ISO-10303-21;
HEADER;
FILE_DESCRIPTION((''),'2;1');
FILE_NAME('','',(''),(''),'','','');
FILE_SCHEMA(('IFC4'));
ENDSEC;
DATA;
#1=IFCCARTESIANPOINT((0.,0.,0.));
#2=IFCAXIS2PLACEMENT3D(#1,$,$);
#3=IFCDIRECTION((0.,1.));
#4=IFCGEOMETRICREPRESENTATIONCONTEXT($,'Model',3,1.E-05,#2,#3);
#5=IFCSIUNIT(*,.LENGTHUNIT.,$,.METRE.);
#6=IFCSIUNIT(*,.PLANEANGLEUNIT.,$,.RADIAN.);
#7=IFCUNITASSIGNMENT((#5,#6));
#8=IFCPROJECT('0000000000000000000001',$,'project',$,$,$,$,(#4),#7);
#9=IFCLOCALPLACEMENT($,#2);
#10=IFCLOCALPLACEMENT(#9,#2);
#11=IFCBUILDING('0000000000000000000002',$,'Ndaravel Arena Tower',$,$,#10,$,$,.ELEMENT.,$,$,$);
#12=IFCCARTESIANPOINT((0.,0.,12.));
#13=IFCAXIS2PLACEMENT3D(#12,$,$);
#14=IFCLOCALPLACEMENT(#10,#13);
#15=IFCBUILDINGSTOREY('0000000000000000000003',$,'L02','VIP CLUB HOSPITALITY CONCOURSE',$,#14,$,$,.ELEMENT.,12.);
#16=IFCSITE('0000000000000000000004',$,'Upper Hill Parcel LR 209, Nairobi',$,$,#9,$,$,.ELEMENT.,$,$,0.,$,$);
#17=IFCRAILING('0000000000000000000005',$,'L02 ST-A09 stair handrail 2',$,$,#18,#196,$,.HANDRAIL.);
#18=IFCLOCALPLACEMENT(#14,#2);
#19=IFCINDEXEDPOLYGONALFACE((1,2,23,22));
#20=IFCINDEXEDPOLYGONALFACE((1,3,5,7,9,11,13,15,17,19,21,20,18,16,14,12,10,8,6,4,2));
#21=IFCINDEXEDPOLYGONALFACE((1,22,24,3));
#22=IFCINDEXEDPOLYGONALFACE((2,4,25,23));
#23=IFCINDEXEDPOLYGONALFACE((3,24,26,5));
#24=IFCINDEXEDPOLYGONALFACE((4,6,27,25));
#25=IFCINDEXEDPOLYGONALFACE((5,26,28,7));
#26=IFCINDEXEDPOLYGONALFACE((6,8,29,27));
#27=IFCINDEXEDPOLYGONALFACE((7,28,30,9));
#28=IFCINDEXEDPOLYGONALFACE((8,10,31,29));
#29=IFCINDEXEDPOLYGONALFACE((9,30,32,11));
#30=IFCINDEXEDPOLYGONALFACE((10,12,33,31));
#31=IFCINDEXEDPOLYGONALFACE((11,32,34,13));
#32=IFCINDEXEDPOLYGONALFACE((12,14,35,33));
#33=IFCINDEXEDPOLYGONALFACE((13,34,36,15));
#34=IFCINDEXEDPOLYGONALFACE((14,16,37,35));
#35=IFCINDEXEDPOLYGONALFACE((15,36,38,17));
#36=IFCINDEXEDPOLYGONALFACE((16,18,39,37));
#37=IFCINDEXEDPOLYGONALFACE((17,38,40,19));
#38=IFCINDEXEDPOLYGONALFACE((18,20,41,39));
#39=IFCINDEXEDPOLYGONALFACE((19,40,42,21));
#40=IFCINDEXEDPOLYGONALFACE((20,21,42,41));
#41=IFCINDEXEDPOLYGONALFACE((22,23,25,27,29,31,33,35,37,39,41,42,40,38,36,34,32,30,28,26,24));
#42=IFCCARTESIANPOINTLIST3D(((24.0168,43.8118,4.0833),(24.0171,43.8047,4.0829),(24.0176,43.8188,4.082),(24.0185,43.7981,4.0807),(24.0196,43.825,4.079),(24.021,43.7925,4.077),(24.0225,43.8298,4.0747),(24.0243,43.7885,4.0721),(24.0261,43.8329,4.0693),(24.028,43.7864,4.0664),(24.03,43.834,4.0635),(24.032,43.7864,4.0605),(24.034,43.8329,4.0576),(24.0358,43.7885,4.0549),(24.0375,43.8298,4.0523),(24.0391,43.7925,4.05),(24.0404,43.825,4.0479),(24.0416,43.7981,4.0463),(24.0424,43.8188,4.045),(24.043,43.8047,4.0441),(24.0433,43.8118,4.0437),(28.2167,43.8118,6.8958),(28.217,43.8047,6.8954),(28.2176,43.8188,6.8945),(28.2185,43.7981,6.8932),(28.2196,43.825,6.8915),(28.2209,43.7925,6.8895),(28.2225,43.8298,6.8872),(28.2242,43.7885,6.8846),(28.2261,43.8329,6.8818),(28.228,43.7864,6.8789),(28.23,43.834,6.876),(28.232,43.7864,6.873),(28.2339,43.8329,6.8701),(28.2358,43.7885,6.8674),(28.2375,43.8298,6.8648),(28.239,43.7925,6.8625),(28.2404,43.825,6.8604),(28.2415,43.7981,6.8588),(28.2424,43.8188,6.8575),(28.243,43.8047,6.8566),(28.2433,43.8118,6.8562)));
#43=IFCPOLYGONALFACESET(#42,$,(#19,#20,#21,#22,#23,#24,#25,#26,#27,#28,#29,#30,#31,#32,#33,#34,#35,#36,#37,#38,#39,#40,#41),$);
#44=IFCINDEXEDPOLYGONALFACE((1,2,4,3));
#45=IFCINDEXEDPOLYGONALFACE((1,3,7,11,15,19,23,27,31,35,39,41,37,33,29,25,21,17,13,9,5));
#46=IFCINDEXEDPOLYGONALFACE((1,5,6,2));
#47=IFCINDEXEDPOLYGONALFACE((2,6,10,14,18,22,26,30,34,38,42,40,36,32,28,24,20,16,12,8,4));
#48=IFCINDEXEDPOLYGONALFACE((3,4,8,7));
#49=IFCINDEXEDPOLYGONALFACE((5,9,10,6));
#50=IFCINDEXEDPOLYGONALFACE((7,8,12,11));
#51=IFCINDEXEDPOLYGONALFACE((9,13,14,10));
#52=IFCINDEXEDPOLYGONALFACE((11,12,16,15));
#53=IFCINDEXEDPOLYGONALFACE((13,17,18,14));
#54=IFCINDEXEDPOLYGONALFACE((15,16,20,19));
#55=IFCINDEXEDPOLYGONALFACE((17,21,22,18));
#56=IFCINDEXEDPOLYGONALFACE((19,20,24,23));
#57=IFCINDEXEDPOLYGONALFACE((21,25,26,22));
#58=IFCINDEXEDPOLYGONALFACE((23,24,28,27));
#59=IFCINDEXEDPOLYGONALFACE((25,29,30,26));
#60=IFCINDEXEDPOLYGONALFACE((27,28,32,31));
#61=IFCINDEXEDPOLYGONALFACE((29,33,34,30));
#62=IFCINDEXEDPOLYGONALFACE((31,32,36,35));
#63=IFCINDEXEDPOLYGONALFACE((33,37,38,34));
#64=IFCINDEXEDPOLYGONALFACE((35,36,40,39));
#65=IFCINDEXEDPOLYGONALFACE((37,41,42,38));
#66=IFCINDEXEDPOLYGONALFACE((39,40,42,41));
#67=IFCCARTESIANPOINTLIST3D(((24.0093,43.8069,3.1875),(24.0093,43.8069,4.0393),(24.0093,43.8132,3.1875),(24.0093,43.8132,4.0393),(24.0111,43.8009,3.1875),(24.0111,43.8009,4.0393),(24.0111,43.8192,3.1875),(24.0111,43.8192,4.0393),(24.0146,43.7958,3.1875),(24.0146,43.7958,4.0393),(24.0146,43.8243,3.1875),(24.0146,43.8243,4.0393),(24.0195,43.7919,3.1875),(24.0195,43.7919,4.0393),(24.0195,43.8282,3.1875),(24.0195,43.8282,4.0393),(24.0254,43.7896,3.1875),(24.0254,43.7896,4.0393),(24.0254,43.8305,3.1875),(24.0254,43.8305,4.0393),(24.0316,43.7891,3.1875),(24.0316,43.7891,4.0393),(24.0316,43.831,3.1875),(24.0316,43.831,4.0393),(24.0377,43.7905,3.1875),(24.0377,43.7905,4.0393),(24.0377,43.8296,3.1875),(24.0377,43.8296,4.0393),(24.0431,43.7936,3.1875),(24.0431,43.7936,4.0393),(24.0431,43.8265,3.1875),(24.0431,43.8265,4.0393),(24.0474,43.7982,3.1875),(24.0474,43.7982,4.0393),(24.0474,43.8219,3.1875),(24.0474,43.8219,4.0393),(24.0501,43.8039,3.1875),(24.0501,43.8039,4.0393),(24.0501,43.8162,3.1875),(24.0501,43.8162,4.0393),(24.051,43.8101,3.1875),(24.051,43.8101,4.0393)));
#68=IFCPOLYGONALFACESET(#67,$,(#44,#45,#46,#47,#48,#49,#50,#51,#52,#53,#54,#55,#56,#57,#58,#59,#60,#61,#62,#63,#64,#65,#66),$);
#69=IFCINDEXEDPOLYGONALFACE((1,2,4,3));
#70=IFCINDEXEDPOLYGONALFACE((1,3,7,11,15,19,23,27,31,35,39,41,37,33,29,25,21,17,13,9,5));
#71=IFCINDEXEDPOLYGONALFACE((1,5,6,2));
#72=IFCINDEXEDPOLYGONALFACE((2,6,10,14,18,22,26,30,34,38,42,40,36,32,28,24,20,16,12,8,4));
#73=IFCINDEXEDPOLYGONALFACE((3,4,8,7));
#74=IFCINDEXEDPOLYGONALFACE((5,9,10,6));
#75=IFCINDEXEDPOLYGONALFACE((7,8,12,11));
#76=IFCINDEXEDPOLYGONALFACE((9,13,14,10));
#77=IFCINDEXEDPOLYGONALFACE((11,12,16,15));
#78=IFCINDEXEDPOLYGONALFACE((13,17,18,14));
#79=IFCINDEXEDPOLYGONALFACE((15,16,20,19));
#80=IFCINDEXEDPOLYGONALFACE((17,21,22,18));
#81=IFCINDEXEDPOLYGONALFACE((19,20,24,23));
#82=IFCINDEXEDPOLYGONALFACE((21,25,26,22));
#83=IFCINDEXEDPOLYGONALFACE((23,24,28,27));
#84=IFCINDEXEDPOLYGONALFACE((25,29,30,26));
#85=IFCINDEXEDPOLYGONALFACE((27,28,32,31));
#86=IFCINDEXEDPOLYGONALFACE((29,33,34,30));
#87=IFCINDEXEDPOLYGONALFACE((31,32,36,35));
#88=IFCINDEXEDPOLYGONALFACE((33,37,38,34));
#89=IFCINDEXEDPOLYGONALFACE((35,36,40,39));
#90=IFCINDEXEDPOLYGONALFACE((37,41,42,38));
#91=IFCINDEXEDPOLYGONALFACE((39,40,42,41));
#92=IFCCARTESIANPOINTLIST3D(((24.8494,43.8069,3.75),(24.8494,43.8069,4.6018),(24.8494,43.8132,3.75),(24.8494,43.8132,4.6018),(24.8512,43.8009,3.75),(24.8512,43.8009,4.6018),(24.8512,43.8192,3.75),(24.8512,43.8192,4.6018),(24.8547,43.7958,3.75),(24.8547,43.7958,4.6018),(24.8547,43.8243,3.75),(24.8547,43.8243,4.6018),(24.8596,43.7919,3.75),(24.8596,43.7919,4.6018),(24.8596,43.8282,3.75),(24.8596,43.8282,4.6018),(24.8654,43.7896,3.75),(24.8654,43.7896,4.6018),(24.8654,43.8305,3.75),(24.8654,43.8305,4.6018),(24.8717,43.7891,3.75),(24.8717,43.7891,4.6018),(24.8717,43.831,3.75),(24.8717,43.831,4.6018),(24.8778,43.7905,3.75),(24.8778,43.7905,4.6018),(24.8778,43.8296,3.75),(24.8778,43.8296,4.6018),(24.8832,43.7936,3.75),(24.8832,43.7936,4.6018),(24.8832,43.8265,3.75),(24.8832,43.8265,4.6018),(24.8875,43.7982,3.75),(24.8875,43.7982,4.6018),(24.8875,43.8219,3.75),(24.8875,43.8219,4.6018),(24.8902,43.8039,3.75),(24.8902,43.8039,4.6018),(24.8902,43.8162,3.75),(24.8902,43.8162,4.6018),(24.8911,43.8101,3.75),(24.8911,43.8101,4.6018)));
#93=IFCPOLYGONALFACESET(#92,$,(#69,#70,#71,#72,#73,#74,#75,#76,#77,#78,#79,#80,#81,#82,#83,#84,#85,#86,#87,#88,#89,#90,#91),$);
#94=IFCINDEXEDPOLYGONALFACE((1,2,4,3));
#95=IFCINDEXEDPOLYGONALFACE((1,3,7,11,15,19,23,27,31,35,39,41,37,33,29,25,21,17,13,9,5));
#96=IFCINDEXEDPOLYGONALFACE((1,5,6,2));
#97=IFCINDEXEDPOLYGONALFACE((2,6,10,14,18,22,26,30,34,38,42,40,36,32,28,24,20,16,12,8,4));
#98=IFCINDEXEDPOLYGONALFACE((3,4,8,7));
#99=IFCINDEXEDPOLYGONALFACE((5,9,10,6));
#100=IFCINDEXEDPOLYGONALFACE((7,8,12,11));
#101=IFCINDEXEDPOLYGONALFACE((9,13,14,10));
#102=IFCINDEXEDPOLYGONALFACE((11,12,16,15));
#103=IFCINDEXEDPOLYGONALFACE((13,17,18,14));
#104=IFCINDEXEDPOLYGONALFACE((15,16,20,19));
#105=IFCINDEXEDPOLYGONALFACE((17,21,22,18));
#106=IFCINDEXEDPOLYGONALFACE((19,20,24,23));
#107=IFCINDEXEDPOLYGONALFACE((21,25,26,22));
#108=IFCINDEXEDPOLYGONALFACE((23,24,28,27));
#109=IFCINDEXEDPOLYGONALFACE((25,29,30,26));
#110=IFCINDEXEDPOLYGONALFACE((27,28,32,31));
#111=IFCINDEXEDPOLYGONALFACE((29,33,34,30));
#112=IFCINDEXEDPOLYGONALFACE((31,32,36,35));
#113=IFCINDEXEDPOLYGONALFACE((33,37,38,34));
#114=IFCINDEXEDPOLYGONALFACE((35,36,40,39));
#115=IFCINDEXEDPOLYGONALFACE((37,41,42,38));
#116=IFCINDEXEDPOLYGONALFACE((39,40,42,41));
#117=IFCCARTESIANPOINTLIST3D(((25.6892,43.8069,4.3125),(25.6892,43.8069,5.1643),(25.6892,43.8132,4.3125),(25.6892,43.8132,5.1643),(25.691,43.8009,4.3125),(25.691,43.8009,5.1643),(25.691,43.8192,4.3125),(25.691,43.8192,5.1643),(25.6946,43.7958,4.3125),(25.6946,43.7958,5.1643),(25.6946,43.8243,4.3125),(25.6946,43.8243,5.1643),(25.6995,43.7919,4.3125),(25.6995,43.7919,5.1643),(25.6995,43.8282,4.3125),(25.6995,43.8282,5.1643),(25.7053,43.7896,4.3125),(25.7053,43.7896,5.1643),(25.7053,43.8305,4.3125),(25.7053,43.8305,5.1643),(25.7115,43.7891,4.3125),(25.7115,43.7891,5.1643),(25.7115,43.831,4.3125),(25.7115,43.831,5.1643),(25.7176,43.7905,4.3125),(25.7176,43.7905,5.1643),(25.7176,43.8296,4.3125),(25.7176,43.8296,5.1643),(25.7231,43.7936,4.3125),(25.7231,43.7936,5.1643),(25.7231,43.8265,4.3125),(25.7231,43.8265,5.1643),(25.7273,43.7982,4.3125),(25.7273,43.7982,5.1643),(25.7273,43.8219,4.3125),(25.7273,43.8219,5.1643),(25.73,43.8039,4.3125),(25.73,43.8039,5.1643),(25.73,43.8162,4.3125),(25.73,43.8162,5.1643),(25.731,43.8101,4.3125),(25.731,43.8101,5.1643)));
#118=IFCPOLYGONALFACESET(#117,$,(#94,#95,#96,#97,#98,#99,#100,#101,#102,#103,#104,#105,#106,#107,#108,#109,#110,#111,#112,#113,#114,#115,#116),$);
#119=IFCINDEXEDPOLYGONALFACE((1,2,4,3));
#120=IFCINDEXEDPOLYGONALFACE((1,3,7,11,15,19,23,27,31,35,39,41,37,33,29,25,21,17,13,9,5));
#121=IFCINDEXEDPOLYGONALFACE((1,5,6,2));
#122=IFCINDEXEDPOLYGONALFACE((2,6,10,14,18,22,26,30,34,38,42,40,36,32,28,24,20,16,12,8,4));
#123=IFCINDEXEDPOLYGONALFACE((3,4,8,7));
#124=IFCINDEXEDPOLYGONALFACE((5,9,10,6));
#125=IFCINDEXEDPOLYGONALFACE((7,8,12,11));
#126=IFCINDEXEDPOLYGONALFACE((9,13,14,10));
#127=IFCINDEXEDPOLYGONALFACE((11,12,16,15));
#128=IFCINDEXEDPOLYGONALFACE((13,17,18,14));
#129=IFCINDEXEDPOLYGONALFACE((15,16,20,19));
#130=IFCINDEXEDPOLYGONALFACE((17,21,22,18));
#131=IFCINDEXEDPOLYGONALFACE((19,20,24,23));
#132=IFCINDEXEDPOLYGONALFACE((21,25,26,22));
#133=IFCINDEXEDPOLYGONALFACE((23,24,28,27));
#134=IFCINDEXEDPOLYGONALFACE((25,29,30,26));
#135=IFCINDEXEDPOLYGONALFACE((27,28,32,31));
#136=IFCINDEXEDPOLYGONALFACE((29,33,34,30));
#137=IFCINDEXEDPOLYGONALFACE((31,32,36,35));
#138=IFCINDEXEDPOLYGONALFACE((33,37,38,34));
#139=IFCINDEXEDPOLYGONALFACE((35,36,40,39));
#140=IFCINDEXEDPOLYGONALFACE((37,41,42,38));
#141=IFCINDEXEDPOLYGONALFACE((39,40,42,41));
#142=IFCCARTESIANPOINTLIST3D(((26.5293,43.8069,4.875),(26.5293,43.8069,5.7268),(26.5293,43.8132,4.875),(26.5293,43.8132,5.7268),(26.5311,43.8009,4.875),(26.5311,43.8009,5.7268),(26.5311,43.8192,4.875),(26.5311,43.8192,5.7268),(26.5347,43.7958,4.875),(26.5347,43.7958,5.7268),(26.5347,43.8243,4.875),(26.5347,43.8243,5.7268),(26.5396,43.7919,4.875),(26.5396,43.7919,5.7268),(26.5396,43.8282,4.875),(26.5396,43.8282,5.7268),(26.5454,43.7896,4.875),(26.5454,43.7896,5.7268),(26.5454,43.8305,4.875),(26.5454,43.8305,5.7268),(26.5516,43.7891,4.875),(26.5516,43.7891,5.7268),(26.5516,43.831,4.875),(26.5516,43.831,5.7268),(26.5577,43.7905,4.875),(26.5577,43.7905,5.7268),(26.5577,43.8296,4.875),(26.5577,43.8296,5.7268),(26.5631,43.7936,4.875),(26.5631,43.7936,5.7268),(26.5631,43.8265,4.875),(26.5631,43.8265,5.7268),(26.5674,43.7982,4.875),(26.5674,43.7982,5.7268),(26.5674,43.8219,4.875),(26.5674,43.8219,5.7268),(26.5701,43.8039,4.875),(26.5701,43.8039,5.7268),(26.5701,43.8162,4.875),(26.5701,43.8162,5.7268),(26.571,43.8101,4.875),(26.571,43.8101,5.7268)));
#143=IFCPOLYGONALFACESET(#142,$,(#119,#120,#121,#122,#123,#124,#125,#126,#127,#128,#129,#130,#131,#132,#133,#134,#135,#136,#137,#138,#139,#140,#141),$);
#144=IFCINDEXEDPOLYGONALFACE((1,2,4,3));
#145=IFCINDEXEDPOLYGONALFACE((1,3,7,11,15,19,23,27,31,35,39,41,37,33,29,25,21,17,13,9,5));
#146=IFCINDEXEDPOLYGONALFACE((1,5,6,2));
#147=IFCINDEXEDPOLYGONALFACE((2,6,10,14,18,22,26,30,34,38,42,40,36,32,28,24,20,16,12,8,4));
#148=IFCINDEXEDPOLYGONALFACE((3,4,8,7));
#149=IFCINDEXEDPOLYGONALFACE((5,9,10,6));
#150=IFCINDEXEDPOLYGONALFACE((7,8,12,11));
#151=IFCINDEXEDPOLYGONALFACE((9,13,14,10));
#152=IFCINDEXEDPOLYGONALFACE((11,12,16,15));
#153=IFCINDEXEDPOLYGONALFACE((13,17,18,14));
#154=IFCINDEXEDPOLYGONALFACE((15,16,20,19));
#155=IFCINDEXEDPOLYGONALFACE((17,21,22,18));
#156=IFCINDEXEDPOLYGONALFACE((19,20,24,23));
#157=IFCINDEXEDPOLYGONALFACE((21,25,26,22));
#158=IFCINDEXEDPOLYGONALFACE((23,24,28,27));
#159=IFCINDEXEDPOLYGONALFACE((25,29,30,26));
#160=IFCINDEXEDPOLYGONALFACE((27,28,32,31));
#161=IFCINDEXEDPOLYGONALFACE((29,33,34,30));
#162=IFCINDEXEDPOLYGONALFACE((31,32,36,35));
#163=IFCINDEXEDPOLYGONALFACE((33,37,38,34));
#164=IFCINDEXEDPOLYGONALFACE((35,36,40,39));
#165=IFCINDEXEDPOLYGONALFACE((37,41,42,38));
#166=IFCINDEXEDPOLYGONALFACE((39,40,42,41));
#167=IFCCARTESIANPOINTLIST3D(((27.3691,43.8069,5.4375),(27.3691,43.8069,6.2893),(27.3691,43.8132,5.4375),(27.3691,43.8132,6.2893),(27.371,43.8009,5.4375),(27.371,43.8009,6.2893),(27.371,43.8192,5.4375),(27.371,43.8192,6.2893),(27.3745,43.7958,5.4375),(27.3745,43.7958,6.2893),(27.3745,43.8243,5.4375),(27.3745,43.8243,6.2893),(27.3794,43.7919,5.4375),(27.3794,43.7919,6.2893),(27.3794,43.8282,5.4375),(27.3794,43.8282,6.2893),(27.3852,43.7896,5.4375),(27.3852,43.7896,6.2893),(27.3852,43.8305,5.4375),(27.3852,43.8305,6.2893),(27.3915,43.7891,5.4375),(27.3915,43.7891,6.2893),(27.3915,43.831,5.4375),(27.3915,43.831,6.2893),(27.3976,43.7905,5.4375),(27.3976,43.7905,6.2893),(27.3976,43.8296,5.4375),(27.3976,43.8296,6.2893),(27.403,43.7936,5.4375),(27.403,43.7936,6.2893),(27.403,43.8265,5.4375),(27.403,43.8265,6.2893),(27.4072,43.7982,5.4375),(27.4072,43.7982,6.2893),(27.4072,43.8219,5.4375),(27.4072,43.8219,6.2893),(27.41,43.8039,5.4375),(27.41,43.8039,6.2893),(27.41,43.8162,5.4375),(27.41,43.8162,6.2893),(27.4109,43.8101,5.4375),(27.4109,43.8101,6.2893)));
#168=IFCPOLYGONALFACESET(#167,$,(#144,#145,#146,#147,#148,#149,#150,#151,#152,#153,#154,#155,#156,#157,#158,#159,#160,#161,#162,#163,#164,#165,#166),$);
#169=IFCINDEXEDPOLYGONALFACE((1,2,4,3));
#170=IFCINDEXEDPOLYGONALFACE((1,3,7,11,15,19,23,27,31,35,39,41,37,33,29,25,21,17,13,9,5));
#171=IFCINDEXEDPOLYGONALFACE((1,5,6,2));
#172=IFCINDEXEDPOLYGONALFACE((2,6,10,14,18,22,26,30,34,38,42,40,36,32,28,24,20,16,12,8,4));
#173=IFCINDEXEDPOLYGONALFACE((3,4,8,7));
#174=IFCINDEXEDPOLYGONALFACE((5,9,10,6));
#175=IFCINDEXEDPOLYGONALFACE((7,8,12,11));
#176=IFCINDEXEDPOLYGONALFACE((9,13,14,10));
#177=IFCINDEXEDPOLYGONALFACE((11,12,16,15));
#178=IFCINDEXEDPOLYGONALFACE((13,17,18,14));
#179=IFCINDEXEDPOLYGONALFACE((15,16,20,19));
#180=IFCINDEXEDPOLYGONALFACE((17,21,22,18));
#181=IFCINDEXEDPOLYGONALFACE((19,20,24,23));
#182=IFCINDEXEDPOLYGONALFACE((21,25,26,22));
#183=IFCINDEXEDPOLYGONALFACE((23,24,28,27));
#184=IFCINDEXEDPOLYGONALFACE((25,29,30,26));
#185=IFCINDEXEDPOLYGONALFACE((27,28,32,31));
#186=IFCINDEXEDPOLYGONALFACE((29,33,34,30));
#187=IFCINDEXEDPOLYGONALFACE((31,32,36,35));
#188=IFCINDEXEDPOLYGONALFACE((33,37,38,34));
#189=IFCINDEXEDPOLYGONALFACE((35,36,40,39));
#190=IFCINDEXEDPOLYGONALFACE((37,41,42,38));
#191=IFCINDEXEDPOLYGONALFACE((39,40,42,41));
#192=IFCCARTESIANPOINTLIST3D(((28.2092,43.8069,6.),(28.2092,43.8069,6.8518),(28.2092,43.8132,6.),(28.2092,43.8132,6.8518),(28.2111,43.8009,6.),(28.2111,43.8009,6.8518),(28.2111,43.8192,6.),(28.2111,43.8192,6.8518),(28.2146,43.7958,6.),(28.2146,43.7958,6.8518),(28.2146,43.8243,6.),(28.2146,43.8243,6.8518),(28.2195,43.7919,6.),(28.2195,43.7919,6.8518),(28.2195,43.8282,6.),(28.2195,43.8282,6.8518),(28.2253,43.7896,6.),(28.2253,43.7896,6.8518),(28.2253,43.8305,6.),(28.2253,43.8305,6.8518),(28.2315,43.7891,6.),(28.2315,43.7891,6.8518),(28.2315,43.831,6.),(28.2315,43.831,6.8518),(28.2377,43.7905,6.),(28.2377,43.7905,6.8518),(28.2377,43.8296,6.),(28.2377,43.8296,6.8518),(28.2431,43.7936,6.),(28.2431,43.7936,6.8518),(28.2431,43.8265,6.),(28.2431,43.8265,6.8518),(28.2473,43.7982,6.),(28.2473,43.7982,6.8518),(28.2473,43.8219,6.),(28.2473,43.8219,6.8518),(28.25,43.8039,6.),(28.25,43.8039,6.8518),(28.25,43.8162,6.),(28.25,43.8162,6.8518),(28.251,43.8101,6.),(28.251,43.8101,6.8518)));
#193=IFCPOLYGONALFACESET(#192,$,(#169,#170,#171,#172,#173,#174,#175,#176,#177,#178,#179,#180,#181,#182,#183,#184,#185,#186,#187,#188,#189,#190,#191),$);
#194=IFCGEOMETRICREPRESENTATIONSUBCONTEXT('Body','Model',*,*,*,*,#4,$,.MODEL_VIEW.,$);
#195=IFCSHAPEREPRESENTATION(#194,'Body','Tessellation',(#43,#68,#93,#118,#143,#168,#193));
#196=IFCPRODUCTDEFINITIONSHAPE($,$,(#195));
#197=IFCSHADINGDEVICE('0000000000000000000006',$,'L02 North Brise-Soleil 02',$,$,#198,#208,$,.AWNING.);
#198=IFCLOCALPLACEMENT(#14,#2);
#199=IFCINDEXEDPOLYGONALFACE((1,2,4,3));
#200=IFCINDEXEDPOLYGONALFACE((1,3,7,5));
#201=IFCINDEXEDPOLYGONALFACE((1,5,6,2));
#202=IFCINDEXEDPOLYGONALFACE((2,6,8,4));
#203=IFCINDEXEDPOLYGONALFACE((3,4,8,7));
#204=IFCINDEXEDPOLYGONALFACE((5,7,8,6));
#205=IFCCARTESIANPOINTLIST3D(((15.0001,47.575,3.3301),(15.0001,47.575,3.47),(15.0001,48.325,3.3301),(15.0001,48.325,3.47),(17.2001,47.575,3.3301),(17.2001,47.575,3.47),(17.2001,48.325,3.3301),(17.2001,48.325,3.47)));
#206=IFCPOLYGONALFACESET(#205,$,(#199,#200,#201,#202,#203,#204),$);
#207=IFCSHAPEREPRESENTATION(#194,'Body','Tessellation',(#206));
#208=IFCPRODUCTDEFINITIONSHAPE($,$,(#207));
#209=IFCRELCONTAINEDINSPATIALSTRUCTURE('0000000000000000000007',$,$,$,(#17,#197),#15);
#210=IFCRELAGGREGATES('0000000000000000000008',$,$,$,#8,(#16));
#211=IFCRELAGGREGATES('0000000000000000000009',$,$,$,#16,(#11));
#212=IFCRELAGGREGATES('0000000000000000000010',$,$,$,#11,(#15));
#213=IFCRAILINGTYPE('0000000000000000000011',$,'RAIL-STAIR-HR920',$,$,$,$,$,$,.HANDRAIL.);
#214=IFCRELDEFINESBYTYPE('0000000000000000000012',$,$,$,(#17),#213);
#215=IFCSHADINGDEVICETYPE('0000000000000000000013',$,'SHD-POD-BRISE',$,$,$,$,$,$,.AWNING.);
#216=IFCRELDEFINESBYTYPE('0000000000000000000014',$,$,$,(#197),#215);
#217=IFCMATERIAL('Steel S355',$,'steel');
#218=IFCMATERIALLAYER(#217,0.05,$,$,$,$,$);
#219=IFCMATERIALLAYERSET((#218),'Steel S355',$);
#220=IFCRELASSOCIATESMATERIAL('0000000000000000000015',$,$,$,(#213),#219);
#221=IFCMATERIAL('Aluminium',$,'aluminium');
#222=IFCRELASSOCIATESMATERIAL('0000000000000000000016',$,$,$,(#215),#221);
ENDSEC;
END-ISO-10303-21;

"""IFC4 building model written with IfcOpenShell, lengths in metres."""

from ifc_helpers import new_model, si_unit, direction, frame, origin, origin_2d, place, context, subcontext, project, spatial, rectangle, circle, extrude, material, layer, layer_set, type_object, element, save


model = new_model("IFC4")

# Units and contexts
model_context = context("Model", 3, precision=1e-05, world=origin(), true_north=direction((0.0, 1.0)))
body_context = subcontext(model_context, "Body", "Model", "MODEL_VIEW")
ifc_project = project(units=[si_unit("LENGTHUNIT", "METRE"), si_unit("PLANEANGLEUNIT", "RADIAN")], contexts=[model_context])

# Site, building, storey
site_placement = place(None, origin())
site = spatial("IfcSite", under=ifc_project, at=site_placement, Name="Upper Hill Parcel LR 209, Nairobi", CompositionType="ELEMENT", RefElevation=0.0)
building_placement = place(site_placement, origin())
building = spatial("IfcBuilding", under=site, at=building_placement, Name="Ndaravel Arena Tower", CompositionType="ELEMENT")
storey_placement = place(building_placement, frame((0.0, 0.0, 12.0)))
storey = spatial("IfcBuildingStorey", under=building, at=storey_placement, Name="L02", Description="VIP CLUB HOSPITALITY CONCOURSE", CompositionType="ELEMENT", Elevation=12.0)

# Railing
ifc_material_1 = material(Name="Steel S355", Category="steel")
ifc_layer_1 = layer(ifc_material_1, 0.05)
ifc_layer_set_1 = layer_set([ifc_layer_1], Name="Steel S355")
railing_type_1 = type_object("IfcRailingType", Name="RAIL-STAIR-HR920", PredefinedType="HANDRAIL", material=ifc_layer_set_1)
railing_1_placement = place(storey_placement, frame((24.03, 43.8101, 3.1875)))
element("IfcRailing", 1, at=railing_1_placement, inside=storey, type_object=railing_type_1, Name="L02 ST-A09 stair handrail 2", PredefinedType="HANDRAIL", context=body_context, shape_type="SweptSolid", body=[
    extrude(circle(Radius=0.0239, at=origin_2d()), frame((0.0, 0.0, 0.876), z_axis=(0.830904, 0.0, 0.556416), x_axis=(0.0, 1.0, 0.0)), (0.0, 0.0, 1.0), 5.0547),
    extrude(circle(Radius=0.021, at=origin_2d()), origin(), (0.0, 0.0, 1.0), 0.8518),
    extrude(circle(Radius=0.021, at=origin_2d()), frame((0.8401, 0.0, 0.5625)), (0.0, 0.0, 1.0), 0.8518),
    extrude(circle(Radius=0.021, at=origin_2d()), frame((1.6799, 0.0, 1.125)), (0.0, 0.0, 1.0), 0.8518),
    extrude(circle(Radius=0.021, at=origin_2d()), frame((2.52, 0.0, 1.6875)), (0.0, 0.0, 1.0), 0.8518),
    extrude(circle(Radius=0.021, at=origin_2d()), frame((3.3599, 0.0, 2.25)), (0.0, 0.0, 1.0), 0.8518),
    extrude(circle(Radius=0.021, at=origin_2d()), frame((4.2, 0.0, 2.8125)), (0.0, 0.0, 1.0), 0.8518),
])

# Shading device
ifc_material_2 = material(Name="Aluminium", Category="aluminium")
shading_device_type = type_object("IfcShadingDeviceType", Name="SHD-POD-BRISE", PredefinedType="AWNING", material=ifc_material_2)
for number, where, z_axis, x_axis, name in (
    (2, (16.1001, 47.95, 3.3301), (0.0, 0.0, 1.0), (1.0, 0.0, 0.0), "L02 North Brise-Soleil 02"),
):
    element("IfcShadingDevice", number, at=place(storey_placement, frame(where, z_axis=z_axis, x_axis=x_axis)), inside=storey, type_object=shading_device_type, Name=name, PredefinedType="AWNING", context=body_context, shape_type="SweptSolid", body=[
        extrude(rectangle(XDim=2.2, YDim=0.75, at=origin_2d()), origin(), (0.0, 0.0, 1.0), 0.1399),
    ])

save(model, "model.ifc")
